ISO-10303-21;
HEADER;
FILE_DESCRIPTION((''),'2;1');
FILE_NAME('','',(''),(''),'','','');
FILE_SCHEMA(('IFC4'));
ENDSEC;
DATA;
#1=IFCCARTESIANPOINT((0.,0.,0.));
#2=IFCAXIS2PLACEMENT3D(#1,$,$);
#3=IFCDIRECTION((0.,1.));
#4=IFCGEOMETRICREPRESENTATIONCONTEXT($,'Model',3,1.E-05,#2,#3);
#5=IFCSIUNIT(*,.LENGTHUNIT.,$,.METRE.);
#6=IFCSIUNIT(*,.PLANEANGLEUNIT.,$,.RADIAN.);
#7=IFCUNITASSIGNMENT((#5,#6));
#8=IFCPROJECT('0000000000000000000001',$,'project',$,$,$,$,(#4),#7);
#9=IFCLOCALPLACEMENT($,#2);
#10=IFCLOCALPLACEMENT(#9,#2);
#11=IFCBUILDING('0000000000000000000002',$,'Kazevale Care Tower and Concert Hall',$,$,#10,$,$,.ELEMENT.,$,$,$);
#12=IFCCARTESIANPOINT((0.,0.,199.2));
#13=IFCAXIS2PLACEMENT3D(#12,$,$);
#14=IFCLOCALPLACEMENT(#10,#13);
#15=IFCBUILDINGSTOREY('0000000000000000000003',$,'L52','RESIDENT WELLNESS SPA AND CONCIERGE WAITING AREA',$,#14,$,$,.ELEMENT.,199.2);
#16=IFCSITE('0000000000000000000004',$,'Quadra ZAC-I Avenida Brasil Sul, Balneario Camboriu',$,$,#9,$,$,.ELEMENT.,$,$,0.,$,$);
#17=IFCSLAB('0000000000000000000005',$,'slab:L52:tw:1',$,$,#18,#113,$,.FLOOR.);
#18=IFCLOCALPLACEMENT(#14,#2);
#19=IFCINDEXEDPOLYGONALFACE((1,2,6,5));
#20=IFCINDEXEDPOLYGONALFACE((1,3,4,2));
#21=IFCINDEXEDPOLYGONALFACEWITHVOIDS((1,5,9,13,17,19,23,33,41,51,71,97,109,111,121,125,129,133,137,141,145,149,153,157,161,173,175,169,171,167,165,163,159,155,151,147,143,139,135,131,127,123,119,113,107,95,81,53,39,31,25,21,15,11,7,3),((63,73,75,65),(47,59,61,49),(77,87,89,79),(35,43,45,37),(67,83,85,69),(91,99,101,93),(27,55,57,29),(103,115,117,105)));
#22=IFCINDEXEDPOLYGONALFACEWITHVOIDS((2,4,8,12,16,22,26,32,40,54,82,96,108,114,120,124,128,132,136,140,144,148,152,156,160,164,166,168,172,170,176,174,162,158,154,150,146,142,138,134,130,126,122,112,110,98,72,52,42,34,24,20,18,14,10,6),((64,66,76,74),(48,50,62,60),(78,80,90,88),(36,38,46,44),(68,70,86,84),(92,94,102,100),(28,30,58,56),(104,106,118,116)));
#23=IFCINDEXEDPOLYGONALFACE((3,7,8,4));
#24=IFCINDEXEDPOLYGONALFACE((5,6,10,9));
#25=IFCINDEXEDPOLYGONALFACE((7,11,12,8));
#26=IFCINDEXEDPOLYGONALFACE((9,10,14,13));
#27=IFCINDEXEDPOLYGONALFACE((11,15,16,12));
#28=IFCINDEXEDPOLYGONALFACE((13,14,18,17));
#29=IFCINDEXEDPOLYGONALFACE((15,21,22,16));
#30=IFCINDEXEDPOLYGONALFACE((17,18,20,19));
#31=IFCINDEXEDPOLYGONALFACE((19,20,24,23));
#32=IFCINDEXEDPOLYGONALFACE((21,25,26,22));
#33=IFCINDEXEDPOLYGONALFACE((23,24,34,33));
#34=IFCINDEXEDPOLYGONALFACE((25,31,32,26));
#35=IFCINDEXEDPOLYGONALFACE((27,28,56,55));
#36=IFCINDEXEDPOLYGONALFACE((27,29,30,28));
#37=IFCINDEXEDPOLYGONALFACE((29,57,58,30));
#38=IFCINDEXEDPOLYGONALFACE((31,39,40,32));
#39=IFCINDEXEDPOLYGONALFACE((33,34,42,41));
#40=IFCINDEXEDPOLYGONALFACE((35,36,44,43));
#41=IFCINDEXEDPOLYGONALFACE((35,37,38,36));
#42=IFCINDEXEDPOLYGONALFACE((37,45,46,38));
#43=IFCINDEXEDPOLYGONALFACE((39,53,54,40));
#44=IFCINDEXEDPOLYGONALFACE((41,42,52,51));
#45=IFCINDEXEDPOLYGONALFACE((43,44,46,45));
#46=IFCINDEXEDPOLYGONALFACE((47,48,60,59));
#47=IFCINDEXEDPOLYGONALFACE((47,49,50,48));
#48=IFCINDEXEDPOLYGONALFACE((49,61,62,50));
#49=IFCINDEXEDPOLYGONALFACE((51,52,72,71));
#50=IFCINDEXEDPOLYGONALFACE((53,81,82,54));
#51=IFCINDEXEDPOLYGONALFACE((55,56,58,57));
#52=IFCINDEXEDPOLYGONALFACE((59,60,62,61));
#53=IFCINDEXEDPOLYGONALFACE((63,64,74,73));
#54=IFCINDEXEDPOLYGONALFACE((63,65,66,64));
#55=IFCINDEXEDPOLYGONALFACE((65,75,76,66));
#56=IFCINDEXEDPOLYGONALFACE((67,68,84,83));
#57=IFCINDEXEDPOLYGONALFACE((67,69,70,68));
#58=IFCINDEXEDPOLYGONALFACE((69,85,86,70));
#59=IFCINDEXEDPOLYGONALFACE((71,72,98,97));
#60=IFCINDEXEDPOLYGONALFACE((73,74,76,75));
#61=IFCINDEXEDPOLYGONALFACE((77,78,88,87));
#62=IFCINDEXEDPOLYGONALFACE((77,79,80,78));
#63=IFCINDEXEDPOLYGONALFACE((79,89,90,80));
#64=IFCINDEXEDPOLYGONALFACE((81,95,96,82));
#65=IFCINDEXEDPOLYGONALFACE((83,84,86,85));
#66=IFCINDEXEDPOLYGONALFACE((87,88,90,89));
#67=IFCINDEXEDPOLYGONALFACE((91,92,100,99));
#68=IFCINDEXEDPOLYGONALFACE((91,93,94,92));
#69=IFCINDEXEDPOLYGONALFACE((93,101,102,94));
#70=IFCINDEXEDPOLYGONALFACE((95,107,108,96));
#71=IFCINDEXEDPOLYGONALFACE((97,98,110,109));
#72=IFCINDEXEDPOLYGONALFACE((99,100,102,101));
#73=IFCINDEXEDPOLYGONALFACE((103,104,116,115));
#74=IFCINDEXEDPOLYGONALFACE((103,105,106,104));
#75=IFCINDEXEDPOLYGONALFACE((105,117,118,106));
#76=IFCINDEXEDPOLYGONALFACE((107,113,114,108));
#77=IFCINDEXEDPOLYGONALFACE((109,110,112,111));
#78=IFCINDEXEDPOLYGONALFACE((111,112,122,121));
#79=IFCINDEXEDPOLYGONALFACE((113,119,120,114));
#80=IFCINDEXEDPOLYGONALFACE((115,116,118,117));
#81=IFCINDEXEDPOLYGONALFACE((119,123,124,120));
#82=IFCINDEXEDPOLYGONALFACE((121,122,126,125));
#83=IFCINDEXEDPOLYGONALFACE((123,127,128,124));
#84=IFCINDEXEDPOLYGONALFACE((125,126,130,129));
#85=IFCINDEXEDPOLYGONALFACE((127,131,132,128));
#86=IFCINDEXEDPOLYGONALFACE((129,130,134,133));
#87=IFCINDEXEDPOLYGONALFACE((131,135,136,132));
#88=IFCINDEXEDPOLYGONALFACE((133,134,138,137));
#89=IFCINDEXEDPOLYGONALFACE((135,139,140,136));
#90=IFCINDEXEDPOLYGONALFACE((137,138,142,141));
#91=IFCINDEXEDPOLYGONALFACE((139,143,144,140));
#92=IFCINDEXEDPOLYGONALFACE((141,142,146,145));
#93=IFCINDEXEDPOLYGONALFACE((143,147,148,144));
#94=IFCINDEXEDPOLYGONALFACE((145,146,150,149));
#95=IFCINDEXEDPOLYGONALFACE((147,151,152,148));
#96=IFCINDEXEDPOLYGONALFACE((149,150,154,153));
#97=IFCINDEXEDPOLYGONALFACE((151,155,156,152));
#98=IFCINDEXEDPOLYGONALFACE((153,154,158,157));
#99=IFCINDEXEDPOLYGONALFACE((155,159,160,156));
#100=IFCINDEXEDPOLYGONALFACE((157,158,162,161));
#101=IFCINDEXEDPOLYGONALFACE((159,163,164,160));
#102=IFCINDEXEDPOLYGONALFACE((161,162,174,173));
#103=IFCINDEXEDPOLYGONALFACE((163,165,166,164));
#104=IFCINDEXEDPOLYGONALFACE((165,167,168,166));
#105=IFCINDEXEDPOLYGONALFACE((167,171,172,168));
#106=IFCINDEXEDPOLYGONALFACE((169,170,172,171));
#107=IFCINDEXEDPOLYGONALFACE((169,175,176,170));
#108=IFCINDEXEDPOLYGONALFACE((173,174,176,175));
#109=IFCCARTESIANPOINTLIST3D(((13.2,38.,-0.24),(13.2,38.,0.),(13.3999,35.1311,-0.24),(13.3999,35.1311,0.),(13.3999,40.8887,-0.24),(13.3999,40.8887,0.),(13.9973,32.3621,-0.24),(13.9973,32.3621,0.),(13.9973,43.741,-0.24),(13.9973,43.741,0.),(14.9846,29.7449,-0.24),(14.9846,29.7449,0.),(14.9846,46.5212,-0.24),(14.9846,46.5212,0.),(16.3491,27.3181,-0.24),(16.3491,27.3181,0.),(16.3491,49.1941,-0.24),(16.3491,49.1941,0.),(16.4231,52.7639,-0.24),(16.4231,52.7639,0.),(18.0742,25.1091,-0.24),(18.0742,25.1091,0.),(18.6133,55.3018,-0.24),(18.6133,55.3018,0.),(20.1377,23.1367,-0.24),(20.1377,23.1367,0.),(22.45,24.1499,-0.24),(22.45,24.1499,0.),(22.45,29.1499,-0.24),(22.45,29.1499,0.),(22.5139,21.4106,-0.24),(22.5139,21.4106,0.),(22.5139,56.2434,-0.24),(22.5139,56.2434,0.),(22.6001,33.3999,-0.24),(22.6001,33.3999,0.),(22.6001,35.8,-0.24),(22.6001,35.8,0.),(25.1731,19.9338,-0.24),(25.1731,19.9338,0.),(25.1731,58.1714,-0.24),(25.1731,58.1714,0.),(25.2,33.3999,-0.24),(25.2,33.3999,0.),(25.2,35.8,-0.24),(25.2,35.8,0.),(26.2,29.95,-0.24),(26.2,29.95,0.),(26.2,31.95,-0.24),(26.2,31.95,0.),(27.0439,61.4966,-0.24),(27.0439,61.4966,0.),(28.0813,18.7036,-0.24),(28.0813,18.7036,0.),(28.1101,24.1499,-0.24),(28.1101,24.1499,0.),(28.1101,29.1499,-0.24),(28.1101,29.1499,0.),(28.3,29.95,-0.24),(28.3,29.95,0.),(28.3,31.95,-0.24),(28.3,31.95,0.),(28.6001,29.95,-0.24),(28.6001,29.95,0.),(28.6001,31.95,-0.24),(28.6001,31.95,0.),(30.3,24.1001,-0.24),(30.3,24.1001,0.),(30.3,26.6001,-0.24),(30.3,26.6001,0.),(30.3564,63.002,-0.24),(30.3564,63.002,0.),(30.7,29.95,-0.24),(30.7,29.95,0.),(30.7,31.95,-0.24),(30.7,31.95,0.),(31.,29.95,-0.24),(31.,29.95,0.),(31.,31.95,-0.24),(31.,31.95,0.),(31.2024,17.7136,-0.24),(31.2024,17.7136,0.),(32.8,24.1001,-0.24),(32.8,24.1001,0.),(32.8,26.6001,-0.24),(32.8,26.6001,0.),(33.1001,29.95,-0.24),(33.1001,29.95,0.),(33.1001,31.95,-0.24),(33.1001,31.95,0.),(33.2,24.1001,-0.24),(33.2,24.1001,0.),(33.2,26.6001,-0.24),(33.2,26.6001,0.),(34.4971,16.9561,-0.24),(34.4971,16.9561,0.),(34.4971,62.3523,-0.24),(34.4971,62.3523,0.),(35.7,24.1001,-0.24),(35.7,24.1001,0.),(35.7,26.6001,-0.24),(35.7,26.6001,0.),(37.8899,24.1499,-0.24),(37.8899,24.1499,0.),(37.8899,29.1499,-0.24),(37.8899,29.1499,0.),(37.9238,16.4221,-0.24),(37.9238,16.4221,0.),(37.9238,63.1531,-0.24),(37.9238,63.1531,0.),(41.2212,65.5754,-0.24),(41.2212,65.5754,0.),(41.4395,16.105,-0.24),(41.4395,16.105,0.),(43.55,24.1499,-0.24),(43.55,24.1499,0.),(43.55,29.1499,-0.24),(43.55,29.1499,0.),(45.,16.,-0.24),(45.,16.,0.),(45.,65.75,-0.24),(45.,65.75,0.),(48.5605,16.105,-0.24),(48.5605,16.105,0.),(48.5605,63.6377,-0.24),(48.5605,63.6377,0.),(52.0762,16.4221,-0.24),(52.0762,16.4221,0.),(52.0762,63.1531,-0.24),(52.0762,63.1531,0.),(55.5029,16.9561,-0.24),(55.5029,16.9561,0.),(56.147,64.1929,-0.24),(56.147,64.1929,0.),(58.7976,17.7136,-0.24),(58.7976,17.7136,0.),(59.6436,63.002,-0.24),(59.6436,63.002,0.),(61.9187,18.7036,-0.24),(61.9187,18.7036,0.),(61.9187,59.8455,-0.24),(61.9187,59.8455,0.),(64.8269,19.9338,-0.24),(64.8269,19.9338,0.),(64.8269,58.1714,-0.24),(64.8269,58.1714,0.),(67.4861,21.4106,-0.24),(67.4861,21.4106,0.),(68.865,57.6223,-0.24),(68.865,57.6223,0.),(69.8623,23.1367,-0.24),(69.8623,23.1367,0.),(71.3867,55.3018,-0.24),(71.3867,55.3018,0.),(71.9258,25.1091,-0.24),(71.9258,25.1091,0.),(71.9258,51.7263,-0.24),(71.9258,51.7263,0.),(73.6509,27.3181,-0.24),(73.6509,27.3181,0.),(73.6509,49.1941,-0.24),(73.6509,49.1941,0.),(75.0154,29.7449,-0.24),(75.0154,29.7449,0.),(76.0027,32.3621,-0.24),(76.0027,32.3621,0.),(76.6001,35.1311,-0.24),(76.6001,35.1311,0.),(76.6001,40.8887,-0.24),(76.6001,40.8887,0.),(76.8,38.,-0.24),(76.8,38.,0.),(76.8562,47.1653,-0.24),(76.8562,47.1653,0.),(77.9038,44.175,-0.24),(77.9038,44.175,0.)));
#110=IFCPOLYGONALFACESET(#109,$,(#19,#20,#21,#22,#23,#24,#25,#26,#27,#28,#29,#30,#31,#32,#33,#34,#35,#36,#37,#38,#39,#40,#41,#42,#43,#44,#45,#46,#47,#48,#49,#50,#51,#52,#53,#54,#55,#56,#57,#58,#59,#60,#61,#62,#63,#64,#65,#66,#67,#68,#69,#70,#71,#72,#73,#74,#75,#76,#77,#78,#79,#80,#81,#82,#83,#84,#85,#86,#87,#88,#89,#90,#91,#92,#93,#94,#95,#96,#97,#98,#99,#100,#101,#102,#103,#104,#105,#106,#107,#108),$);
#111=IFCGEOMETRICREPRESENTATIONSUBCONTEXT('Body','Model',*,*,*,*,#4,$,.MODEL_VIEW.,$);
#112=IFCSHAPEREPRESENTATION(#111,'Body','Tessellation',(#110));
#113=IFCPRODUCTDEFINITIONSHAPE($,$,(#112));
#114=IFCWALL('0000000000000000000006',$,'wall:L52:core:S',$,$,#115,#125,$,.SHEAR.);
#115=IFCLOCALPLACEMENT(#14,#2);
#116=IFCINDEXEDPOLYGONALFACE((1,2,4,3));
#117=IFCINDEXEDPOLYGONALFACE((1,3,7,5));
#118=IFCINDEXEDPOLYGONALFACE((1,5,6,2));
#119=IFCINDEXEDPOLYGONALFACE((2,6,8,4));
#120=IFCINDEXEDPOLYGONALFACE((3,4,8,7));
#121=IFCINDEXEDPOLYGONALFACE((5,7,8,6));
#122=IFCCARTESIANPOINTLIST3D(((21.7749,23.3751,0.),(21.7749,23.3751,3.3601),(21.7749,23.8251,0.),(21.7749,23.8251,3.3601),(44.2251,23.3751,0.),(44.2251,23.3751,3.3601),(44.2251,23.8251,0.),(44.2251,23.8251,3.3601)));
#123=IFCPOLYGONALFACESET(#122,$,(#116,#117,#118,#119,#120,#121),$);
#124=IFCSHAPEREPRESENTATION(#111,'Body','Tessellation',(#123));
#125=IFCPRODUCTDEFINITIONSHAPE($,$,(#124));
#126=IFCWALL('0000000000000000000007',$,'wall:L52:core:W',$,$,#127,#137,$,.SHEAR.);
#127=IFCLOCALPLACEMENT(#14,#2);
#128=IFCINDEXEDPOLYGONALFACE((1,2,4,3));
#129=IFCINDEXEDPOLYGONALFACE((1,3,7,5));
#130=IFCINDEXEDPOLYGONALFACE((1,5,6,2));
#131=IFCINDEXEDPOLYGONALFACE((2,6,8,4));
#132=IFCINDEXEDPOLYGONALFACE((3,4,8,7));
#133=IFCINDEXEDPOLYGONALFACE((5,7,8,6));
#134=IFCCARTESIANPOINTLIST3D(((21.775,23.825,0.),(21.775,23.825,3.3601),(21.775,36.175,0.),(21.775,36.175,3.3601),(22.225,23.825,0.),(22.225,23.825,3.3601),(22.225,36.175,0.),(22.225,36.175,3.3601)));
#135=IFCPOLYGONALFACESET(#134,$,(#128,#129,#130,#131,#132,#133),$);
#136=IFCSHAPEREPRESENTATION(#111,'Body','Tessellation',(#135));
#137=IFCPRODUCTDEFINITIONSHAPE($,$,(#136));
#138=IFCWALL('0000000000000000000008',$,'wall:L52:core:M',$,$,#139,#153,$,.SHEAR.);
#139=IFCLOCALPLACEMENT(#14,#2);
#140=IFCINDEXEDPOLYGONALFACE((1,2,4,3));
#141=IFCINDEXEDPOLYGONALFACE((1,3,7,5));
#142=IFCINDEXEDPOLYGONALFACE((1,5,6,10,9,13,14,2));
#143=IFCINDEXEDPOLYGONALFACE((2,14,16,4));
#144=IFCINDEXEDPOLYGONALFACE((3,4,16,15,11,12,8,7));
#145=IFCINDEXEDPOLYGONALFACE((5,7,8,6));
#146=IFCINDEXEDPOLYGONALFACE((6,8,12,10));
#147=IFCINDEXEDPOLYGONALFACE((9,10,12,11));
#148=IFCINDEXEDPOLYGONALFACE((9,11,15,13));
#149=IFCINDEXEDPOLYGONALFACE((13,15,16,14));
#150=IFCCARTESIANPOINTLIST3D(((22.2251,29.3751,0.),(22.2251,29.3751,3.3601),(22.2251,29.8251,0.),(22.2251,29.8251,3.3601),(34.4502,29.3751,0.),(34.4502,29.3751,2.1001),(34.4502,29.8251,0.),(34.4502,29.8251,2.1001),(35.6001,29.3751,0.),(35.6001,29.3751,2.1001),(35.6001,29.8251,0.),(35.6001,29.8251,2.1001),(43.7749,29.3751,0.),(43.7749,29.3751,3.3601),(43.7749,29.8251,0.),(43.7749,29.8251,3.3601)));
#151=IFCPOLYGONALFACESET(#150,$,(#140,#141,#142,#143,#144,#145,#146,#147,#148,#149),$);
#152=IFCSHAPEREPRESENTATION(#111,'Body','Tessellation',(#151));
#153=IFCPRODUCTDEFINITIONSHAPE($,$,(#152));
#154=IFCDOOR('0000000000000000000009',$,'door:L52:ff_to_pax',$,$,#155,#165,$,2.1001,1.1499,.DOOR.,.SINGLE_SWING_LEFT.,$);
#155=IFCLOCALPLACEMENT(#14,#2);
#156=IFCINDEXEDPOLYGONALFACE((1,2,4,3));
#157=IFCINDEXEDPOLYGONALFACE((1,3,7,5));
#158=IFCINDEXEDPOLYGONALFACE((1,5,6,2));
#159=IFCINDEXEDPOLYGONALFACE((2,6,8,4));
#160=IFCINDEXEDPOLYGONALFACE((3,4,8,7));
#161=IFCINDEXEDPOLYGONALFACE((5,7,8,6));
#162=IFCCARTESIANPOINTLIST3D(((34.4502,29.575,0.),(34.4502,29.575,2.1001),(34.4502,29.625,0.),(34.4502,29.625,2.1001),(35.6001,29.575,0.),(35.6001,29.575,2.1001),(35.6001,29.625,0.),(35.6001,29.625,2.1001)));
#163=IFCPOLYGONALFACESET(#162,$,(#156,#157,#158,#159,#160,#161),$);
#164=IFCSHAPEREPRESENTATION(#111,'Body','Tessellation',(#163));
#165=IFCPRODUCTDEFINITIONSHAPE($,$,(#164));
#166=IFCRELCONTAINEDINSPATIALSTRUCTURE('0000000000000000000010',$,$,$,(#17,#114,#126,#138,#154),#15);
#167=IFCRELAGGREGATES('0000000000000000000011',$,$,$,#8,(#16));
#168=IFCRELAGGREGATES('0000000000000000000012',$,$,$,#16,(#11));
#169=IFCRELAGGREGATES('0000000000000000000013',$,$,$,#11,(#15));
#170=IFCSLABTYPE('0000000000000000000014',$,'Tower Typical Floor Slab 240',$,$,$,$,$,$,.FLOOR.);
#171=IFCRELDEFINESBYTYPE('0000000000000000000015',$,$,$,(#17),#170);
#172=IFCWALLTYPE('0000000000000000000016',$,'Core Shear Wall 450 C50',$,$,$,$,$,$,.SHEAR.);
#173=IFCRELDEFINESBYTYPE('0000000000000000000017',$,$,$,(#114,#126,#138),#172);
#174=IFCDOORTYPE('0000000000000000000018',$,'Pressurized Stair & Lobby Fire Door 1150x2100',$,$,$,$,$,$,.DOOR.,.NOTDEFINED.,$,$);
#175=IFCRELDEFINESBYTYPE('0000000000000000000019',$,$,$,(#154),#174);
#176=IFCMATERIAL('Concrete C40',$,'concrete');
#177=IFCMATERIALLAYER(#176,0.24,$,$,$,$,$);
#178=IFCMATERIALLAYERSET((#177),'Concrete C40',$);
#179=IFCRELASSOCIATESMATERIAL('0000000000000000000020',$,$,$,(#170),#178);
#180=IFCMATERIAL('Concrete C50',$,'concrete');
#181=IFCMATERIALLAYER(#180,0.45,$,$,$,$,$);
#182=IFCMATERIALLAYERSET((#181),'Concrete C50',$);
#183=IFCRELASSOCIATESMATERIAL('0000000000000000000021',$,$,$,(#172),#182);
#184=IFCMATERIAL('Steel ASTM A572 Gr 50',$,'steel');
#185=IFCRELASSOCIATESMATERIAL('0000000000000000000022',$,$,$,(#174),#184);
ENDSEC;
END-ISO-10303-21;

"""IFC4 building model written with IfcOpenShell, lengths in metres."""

from ifc_helpers import new_model, si_unit, direction, frame, frame_2d, origin, place, context, subcontext, project, spatial, polyline, rectangle, outline, extrude, material, layer, layer_set, type_object, element, fill, save


model = new_model("IFC4")

# Units and contexts
model_context = context("Model", 3, precision=1e-05, world=origin(), true_north=direction((0.0, 1.0)))
body_context = subcontext(model_context, "Body", "Model", "MODEL_VIEW")
ifc_project = project(units=[si_unit("LENGTHUNIT", "METRE"), si_unit("PLANEANGLEUNIT", "RADIAN")], contexts=[model_context])

# Site, building, storey
site_placement = place(None, origin())
site = spatial("IfcSite", under=ifc_project, at=site_placement, Name="Quadra ZAC-I Avenida Brasil Sul, Balneario Camboriu", CompositionType="ELEMENT", RefElevation=0.0)
building_placement = place(site_placement, origin())
building = spatial("IfcBuilding", under=site, at=building_placement, Name="Kazevale Care Tower and Concert Hall", CompositionType="ELEMENT")
storey_placement = place(building_placement, frame((0.0, 0.0, 199.2)))
storey = spatial("IfcBuildingStorey", under=building, at=storey_placement, Name="L52", Description="RESIDENT WELLNESS SPA AND CONCIERGE WAITING AREA", CompositionType="ELEMENT", Elevation=199.2)

# Shared definitions
ifc_material_1 = material(Name="Concrete C50", Category="concrete")

# Shared definitions
ifc_material_2 = material(Name="Steel ASTM A572 Gr 50", Category="steel")

# Shared definitions
ifc_material_3 = material(Name="Concrete C40", Category="concrete")

# Slab
ifc_layer_1 = layer(ifc_material_3, 0.24)
ifc_layer_set_1 = layer_set([ifc_layer_1], Name="Concrete C40")
slab_type_1 = type_object("IfcSlabType", Name="Tower Typical Floor Slab 240", PredefinedType="FLOOR", material=ifc_layer_set_1)
slab_1_placement = place(storey_placement, frame((0.0, 0.0, -0.24)))
element("IfcSlab", 1, at=slab_1_placement, inside=storey, type_object=slab_type_1, Name="slab:L52:tw:1", PredefinedType="FLOOR", context=body_context, shape_type="SweptSolid", body=[
    extrude(outline(polyline([(76.8, 38.0), (76.6001, 40.8887), (77.9038, 44.175), (76.8562, 47.1653), (73.6509, 49.1941), (71.9258, 51.7263), (71.3867, 55.3018), (68.865, 57.6223), (64.8269, 58.1714), (61.9187, 59.8455), (59.6436, 63.002), (56.147, 64.1929), (52.0762, 63.1531), (48.5605, 63.6377), (45.0, 65.75), (41.2212, 65.5754), (37.9238, 63.1531), (34.4971, 62.3523), (30.3564, 63.002), (27.0439, 61.4966), (25.1731, 58.1714), (22.5139, 56.2434), (18.6133, 55.3018), (16.4231, 52.7639), (16.3491, 49.1941), (14.9846, 46.5212), (13.9973, 43.741), (13.3999, 40.8887), (13.2, 38.0), (13.3999, 35.1311), (13.9973, 32.3621), (14.9846, 29.7449), (16.3491, 27.3181), (18.0742, 25.1091), (20.1377, 23.1367), (22.5139, 21.4106), (25.1731, 19.9338), (28.0813, 18.7036), (31.2024, 17.7136), (34.4971, 16.9561), (37.9238, 16.4221), (41.4395, 16.105), (45.0, 16.0), (48.5605, 16.105), (52.0762, 16.4221), (55.5029, 16.9561), (58.7976, 17.7136), (61.9187, 18.7036), (64.8269, 19.9338), (67.4861, 21.4106), (69.8623, 23.1367), (71.9258, 25.1091), (73.6509, 27.3181), (75.0154, 29.7449), (76.0027, 32.3621), (76.6001, 35.1311), (76.8, 38.0)]), holes=[polyline([(22.45, 24.1499), (28.1101, 24.1499), (28.1101, 29.1499), (22.45, 29.1499), (22.45, 24.1499)]), polyline([(37.8899, 24.1499), (43.55, 24.1499), (43.55, 29.1499), (37.8899, 29.1499), (37.8899, 24.1499)]), polyline([(30.3, 24.1001), (32.8, 24.1001), (32.8, 26.6001), (30.3, 26.6001), (30.3, 24.1001)]), polyline([(33.2, 24.1001), (35.7, 24.1001), (35.7, 26.6001), (33.2, 26.6001), (33.2, 24.1001)]), polyline([(22.6001, 33.3999), (25.2, 33.3999), (25.2, 35.8), (22.6001, 35.8), (22.6001, 33.3999)]), polyline([(26.2, 29.95), (28.3, 29.95), (28.3, 31.95), (26.2, 31.95), (26.2, 29.95)]), polyline([(28.6001, 29.95), (30.7, 29.95), (30.7, 31.95), (28.6001, 31.95), (28.6001, 29.95)]), polyline([(31.0, 29.95), (33.1001, 29.95), (33.1001, 31.95), (31.0, 31.95), (31.0, 29.95)])]), origin(), (0.0, 0.0, 1.0), 0.24),
])

# Walls
ifc_layer_2 = layer(ifc_material_1, 0.45)
ifc_layer_set_2 = layer_set([ifc_layer_2], Name="Concrete C50")
wall_type_1 = type_object("IfcWallType", Name="Core Shear Wall 450 C50", PredefinedType="SHEAR", material=ifc_layer_set_2)
wall_1_placement = place(storey_placement, frame((21.7749, 23.6001, 0.0), z_axis=(0.0, 0.0, 1.0), x_axis=(1.0, 0.0, 0.0)))
element("IfcWall", 2, at=wall_1_placement, inside=storey, type_object=wall_type_1, Name="wall:L52:core:S", PredefinedType="SHEAR", context=body_context, shape_type="SweptSolid", body=[
    extrude(rectangle(XDim=22.4502, YDim=0.45, at=frame_2d((11.2251, 0.0))), origin(), (0.0, 0.0, 1.0), 3.3601),
])
wall_2_placement = place(storey_placement, frame((22.0, 23.825, 0.0), z_axis=(0.0, 0.0, 1.0), x_axis=(0.0, 1.0, 0.0)))
element("IfcWall", 3, at=wall_2_placement, inside=storey, type_object=wall_type_1, Name="wall:L52:core:W", PredefinedType="SHEAR", context=body_context, shape_type="SweptSolid", body=[
    extrude(rectangle(XDim=12.3501, YDim=0.45, at=frame_2d((6.175, 0.0))), origin(), (0.0, 0.0, 1.0), 3.3601),
])

# Wall, opening, door
wall_3_placement = place(storey_placement, frame((22.2251, 29.6001, 0.0), z_axis=(0.0, 0.0, 1.0), x_axis=(1.0, 0.0, 0.0)))
wall_3 = element("IfcWall", 4, at=wall_3_placement, inside=storey, type_object=wall_type_1, Name="wall:L52:core:M", PredefinedType="SHEAR", context=body_context, shape_type="SweptSolid", body=[
    extrude(rectangle(XDim=21.5498, YDim=0.45, at=frame_2d((10.7749, 0.0))), origin(), (0.0, 0.0, 1.0), 3.3601),
])
opening_1_placement = place(wall_3_placement, frame((12.2251, 0.0, 0.0)))
opening_1 = element("IfcOpeningElement", 5, at=opening_1_placement, cuts=wall_3, PredefinedType="OPENING", context=body_context, shape_type="SweptSolid", body=[
    extrude(rectangle(XDim=1.1499, YDim=2.1001, at=frame_2d((0.575, 1.05))), frame((0.0, 0.2349, 0.0), z_axis=(0.0, -1.0, 0.0), x_axis=(1.0, 0.0, 0.0)), (0.0, 0.0, 1.0), 0.47),
])
door_type_1 = type_object("IfcDoorType", Name="Pressurized Stair & Lobby Fire Door 1150x2100", OperationType="NOTDEFINED", PredefinedType="DOOR", material=ifc_material_2)
door_1_placement = place(opening_1_placement, origin())
door_1 = element("IfcDoor", 6, at=door_1_placement, inside=storey, type_object=door_type_1, Name="door:L52:ff_to_pax", OperationType="SINGLE_SWING_LEFT", OverallHeight=2.1001, OverallWidth=1.1499, PredefinedType="DOOR", context=body_context, shape_type="SweptSolid", body=[
    extrude(rectangle(XDim=1.1499, YDim=2.1001, at=frame_2d((0.575, 1.05))), frame((0.0, 0.0249, 0.0), z_axis=(0.0, -1.0, 0.0), x_axis=(1.0, 0.0, 0.0)), (0.0, 0.0, 1.0), 0.05),
])
fill(opening_1, door_1)

save(model, "model.ifc")
